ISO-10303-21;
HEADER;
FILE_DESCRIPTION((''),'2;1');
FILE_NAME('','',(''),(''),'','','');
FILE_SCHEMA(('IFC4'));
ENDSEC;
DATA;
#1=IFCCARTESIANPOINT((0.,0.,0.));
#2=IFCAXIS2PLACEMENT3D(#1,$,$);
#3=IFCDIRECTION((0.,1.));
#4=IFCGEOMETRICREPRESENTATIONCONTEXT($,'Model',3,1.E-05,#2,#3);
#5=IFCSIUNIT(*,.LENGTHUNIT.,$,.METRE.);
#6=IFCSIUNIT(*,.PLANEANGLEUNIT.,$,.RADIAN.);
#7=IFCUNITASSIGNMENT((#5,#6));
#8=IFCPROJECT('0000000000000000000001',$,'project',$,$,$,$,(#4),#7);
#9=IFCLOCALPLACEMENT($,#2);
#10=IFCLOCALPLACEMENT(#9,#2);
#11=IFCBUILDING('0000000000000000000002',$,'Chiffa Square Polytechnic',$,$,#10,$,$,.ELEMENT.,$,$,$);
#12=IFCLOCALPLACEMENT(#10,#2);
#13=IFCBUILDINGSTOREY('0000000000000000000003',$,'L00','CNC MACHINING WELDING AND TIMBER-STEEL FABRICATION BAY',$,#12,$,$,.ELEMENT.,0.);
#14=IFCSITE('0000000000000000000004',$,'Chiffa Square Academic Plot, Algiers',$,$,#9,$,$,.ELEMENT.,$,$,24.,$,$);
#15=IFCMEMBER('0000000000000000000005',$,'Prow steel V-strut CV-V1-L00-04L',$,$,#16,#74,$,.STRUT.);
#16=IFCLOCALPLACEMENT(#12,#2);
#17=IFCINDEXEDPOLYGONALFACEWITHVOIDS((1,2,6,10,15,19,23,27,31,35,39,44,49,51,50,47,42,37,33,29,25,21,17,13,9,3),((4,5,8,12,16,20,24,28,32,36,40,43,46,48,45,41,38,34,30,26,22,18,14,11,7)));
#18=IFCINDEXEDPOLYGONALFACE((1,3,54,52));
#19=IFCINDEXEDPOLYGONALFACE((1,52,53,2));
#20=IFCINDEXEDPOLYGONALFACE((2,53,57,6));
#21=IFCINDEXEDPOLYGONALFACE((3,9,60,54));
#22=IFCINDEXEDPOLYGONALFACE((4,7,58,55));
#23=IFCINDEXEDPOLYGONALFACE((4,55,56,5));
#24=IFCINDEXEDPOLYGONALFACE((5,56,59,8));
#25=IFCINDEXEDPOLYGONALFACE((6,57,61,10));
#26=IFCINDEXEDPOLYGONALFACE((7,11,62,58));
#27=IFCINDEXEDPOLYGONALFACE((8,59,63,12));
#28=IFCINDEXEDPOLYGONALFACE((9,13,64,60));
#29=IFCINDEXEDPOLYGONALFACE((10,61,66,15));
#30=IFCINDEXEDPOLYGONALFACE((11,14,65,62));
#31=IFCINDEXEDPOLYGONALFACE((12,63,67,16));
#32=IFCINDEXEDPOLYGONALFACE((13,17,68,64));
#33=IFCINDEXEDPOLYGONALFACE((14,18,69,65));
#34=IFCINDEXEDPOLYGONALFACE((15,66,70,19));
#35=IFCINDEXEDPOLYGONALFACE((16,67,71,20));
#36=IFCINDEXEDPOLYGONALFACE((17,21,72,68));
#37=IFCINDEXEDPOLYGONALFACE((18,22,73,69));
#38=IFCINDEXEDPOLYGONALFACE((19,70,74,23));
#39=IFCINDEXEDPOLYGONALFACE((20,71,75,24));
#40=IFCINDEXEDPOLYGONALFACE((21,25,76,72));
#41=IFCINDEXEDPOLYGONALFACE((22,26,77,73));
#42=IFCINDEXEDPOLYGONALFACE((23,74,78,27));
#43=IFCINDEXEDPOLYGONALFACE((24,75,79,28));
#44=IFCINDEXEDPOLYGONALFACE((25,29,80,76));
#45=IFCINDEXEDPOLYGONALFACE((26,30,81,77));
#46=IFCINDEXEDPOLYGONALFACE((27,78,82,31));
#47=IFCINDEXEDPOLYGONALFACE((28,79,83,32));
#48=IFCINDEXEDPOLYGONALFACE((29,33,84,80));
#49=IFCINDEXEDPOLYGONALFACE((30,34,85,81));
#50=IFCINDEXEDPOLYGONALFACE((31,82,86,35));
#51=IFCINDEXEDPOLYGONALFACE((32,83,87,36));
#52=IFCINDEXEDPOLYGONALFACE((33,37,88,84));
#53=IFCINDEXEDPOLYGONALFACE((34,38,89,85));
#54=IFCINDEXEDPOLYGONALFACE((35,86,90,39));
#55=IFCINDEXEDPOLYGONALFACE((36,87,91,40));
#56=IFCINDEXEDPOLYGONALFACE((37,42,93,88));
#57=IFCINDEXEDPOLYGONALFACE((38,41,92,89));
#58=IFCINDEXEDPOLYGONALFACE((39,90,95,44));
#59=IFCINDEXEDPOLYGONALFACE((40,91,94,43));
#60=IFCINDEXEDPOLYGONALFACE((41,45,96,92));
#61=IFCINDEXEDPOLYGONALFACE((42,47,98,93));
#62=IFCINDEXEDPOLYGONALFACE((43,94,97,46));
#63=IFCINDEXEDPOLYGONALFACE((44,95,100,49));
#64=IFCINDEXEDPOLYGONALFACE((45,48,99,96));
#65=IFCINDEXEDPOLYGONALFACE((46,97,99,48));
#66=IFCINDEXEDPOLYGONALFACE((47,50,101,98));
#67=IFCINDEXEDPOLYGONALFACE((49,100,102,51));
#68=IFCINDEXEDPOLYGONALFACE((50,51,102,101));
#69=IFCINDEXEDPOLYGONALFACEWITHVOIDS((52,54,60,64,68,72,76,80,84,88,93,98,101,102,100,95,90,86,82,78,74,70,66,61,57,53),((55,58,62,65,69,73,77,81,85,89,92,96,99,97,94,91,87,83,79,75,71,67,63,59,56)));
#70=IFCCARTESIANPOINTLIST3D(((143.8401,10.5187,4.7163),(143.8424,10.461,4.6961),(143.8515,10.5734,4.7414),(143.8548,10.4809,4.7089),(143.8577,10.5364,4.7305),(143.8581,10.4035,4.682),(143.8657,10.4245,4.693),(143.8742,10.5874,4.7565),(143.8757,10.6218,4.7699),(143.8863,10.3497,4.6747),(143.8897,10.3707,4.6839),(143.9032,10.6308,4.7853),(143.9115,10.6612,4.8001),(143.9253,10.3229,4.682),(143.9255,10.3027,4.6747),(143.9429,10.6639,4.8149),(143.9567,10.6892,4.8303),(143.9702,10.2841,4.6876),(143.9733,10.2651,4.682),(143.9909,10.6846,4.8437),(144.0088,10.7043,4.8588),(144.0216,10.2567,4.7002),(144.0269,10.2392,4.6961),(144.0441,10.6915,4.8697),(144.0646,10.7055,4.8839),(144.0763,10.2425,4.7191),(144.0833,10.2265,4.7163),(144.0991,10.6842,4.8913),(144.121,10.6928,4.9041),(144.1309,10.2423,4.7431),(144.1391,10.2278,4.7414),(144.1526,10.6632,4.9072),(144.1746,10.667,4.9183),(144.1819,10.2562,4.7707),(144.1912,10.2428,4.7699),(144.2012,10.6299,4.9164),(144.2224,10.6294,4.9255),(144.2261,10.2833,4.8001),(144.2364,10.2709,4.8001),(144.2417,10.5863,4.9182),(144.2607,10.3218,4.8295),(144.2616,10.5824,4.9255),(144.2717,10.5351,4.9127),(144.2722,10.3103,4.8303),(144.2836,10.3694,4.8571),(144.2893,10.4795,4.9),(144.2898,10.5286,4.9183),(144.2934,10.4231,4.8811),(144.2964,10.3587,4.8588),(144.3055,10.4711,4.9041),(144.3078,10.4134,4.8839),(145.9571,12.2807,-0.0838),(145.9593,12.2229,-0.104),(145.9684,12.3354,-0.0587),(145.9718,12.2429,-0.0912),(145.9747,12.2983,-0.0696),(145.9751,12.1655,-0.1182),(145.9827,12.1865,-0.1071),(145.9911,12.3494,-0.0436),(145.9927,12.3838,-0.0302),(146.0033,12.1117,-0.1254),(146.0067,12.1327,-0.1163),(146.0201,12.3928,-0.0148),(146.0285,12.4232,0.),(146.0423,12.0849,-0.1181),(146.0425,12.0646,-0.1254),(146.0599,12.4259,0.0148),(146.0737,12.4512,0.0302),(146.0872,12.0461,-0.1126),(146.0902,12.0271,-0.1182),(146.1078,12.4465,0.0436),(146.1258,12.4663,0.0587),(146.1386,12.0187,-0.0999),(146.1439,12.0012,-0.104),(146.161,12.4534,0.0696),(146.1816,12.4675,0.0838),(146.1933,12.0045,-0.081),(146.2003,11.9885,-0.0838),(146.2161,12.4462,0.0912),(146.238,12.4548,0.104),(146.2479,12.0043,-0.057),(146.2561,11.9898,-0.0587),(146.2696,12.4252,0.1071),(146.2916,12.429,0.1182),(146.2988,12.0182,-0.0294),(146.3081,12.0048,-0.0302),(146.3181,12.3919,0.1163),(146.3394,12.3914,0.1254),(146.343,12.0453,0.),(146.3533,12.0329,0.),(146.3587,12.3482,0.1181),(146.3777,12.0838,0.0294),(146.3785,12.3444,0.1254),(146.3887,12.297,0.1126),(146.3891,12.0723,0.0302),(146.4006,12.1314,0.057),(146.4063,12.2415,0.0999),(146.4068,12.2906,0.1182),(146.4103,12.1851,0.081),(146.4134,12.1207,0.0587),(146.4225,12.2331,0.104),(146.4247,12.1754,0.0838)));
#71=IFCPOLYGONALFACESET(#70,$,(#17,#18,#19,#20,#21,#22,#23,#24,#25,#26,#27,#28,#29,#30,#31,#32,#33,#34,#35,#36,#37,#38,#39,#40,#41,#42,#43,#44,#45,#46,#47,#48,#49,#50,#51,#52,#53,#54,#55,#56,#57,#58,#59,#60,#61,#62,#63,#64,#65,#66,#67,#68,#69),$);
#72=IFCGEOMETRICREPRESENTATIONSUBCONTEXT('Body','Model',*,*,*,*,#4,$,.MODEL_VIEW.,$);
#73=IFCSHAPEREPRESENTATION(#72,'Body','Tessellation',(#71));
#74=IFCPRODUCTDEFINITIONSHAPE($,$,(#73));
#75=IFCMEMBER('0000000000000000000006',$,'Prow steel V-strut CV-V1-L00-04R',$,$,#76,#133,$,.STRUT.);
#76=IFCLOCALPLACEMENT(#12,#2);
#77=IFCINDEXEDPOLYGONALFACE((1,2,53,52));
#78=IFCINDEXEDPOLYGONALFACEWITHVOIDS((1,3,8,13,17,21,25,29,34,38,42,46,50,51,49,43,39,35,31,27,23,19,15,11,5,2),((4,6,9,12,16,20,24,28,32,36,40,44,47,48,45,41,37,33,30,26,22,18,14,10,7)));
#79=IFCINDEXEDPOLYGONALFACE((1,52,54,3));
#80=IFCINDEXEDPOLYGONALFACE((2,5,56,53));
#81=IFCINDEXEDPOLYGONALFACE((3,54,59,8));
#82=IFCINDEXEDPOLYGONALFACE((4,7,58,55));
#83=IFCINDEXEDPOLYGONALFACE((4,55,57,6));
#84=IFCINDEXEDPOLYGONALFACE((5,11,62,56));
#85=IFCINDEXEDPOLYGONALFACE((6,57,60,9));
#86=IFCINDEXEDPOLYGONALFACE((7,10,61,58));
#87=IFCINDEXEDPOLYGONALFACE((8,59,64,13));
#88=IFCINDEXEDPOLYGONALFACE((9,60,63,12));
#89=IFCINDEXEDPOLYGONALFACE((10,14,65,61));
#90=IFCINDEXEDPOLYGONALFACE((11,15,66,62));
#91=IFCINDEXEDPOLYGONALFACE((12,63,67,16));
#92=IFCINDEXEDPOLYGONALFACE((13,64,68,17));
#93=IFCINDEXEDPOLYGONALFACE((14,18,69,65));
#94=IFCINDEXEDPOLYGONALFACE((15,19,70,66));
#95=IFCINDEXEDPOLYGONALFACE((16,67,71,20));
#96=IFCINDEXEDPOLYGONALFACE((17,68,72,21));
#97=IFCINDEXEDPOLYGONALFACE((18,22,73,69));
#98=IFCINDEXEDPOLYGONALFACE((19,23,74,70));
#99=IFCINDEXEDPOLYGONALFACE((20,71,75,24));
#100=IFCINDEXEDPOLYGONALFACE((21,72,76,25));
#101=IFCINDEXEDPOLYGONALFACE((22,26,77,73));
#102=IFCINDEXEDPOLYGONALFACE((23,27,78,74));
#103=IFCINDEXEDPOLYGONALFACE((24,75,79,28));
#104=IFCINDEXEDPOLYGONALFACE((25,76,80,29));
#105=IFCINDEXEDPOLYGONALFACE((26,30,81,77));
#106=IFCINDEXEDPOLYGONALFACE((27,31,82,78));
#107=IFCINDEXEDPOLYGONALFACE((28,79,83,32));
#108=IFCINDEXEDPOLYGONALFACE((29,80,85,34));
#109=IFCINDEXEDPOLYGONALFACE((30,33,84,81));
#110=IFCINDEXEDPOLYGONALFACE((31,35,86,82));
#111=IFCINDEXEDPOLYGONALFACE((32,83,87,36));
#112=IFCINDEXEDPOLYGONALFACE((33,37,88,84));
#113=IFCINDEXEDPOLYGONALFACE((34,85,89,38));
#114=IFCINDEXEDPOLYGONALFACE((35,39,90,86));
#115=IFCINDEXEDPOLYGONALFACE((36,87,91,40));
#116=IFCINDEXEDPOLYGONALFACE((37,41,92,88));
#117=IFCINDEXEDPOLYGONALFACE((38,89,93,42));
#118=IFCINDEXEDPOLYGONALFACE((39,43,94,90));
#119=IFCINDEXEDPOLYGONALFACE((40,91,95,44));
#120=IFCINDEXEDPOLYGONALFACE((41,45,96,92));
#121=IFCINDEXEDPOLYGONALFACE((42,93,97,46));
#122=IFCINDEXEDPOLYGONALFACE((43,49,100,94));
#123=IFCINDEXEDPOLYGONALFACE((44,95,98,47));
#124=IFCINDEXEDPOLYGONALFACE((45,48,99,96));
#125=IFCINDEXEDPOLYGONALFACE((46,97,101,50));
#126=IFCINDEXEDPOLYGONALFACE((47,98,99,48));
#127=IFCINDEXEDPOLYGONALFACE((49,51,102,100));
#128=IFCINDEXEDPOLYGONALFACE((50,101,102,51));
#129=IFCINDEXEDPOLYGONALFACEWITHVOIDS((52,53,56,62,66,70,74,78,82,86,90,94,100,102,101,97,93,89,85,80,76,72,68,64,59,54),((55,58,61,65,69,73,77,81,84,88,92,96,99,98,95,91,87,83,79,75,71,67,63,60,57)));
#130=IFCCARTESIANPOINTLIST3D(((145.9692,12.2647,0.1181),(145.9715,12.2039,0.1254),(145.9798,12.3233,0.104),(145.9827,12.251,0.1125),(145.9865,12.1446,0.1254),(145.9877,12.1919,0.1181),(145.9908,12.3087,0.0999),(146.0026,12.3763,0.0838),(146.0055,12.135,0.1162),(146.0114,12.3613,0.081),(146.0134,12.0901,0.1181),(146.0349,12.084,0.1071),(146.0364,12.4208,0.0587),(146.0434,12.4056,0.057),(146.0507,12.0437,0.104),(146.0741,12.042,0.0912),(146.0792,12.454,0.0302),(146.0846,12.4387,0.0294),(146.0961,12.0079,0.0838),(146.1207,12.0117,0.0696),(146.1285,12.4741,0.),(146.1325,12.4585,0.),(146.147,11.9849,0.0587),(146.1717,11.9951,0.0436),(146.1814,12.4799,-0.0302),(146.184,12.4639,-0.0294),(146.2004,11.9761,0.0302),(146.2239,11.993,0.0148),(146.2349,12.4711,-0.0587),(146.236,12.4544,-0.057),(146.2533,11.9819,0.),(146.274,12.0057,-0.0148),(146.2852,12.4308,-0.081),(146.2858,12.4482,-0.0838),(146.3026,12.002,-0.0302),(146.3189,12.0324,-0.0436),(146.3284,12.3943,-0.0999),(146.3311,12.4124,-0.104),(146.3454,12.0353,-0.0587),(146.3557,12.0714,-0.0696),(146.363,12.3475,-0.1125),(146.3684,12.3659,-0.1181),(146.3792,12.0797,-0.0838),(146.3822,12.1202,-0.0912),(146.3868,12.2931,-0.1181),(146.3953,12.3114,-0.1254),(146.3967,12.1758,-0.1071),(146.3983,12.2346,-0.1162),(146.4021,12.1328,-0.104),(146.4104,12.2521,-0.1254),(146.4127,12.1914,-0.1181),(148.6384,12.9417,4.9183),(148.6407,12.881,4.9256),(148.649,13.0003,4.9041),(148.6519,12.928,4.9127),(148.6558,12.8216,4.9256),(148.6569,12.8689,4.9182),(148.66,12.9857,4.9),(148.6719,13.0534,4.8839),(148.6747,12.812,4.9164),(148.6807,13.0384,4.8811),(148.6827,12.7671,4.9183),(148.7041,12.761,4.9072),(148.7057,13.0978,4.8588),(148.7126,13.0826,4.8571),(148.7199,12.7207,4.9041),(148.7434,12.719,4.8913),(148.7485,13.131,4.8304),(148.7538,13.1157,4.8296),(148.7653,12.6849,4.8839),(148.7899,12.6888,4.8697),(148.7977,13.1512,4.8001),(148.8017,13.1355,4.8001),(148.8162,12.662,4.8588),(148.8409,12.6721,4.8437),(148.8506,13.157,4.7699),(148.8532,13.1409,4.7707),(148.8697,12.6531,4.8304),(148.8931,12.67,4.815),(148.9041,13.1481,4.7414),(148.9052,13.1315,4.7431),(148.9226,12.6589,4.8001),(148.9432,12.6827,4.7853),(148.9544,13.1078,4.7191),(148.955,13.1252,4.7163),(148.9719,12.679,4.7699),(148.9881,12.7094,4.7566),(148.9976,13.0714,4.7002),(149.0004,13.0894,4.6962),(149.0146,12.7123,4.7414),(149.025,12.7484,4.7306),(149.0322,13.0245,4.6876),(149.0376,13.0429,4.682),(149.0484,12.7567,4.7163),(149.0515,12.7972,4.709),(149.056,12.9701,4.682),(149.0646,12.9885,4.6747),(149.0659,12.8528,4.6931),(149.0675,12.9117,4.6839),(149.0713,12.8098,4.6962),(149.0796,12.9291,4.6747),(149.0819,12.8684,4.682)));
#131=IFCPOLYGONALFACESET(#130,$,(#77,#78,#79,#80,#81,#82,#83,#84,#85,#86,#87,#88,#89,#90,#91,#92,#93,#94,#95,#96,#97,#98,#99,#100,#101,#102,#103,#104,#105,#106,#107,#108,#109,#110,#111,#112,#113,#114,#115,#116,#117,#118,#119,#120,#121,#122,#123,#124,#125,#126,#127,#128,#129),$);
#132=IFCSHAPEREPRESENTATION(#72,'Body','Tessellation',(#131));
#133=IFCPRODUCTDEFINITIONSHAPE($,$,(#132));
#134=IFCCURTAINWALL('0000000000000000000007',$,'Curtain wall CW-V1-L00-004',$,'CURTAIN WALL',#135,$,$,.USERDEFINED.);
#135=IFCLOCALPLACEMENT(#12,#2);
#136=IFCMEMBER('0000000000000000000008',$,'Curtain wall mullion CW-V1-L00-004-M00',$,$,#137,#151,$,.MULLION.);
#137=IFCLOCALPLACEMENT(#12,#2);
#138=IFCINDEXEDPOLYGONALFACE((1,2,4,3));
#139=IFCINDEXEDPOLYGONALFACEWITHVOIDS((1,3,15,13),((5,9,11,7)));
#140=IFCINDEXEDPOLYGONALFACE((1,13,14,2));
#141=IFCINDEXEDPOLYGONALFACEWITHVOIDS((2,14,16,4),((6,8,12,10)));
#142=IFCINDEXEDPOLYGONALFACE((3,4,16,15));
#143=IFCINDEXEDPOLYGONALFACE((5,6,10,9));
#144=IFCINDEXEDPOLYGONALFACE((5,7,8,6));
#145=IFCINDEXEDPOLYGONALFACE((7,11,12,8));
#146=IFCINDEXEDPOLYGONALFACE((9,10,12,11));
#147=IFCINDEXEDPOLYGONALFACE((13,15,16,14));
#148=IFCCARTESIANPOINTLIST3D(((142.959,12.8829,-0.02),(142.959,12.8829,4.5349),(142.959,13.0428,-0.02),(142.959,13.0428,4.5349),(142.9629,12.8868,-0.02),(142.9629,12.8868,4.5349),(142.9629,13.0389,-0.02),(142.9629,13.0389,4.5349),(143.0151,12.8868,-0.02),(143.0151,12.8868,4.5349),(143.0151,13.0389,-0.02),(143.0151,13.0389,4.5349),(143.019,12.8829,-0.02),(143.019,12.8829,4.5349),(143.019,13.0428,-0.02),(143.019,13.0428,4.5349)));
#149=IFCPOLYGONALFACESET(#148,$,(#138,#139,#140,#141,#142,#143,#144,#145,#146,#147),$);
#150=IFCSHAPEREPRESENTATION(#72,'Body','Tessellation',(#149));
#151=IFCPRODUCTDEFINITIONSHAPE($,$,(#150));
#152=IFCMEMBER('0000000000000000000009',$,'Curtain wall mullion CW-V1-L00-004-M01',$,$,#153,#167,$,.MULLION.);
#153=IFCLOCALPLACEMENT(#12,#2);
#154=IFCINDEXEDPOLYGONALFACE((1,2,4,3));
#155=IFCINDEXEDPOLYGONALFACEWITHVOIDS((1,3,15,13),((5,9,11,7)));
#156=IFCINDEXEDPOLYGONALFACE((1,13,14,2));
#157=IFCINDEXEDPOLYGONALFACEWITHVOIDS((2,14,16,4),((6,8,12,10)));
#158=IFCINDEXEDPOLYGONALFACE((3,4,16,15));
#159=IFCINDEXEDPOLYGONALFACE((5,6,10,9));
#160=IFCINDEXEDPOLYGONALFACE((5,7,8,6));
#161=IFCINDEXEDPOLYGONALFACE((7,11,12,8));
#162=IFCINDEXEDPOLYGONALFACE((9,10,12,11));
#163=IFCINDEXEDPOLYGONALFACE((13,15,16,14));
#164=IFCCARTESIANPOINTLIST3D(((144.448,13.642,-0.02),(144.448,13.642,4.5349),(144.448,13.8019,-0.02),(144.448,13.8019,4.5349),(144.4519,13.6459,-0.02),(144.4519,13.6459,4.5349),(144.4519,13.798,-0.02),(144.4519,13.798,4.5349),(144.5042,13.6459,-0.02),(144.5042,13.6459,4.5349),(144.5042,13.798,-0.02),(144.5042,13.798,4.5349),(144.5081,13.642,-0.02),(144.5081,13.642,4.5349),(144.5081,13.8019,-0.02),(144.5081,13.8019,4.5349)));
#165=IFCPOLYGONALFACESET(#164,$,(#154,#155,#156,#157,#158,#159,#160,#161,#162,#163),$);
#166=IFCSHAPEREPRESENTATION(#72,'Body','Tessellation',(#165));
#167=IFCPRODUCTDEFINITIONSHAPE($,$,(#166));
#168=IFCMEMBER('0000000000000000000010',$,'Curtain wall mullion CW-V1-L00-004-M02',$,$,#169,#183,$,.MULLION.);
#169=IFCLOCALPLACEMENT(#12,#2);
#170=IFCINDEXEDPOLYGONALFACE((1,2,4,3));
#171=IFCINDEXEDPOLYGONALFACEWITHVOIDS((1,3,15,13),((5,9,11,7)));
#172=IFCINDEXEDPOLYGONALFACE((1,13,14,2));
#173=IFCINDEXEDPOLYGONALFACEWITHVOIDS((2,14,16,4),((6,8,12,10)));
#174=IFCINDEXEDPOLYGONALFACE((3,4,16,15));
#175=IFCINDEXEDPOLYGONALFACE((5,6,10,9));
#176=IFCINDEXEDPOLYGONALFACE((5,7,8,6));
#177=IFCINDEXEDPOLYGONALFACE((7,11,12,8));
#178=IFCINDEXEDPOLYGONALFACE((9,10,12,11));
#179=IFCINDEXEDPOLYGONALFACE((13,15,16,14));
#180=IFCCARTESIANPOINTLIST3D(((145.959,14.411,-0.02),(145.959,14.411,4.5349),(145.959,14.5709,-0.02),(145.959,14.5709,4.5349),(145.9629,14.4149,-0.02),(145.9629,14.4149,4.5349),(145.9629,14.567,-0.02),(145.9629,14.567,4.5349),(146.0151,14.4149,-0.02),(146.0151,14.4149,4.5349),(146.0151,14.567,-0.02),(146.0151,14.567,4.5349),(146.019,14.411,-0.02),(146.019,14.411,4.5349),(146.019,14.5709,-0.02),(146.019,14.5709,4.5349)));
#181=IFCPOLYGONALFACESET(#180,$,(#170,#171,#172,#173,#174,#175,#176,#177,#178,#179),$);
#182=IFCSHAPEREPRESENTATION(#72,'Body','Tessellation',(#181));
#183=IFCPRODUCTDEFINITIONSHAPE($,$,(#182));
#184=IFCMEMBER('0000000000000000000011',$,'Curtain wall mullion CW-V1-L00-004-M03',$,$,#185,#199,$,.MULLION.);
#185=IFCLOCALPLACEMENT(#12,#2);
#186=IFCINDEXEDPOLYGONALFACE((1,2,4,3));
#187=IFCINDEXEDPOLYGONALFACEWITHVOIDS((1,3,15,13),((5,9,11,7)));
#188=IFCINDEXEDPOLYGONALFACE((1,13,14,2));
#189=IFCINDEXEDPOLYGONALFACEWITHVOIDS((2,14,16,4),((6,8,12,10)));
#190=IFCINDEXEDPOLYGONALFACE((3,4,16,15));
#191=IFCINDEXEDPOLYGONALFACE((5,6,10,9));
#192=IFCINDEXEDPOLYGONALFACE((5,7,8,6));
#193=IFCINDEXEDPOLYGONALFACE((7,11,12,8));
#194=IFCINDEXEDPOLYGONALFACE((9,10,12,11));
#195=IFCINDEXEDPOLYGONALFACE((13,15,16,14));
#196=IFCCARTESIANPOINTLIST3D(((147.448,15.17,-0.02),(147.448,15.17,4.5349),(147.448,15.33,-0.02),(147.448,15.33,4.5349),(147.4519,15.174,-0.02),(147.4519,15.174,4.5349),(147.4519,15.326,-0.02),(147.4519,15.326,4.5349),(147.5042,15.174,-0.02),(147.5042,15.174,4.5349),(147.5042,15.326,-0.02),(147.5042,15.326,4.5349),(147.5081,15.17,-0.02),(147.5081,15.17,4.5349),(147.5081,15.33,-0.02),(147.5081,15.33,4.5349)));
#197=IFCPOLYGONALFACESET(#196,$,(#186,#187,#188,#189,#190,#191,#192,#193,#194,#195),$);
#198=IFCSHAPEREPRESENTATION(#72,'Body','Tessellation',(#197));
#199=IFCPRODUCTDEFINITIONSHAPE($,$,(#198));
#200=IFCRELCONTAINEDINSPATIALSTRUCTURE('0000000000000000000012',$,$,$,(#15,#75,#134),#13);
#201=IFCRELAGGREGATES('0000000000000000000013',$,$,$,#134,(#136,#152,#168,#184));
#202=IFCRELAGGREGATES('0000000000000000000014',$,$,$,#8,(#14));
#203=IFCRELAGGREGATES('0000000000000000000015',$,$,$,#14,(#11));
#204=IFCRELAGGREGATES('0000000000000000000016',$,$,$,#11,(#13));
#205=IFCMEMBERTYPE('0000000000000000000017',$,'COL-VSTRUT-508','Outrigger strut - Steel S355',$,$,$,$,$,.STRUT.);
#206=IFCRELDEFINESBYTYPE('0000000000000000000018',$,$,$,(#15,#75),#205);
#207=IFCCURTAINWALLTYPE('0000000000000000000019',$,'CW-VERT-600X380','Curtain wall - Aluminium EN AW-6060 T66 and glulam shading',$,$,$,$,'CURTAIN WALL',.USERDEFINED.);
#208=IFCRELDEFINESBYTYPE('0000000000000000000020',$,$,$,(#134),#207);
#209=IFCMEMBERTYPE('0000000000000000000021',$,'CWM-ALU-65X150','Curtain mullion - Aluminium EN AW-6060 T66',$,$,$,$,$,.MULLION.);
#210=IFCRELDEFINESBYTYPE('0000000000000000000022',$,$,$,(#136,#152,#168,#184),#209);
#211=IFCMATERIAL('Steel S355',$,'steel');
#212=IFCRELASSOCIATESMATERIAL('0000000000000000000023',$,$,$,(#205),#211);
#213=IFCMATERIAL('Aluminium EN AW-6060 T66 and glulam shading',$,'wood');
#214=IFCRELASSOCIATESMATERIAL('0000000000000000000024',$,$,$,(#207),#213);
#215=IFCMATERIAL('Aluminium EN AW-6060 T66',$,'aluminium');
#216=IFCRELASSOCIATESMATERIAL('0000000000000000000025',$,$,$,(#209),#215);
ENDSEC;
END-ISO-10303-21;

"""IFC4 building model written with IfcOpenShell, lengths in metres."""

from ifc_helpers import new_model, si_unit, direction, frame, origin, origin_2d, place, context, subcontext, project, spatial, hollow_rectangle, hollow_circle, extrude, material, material_profile, profile_set, type_object, element, aggregate, save


model = new_model("IFC4")

# Units and contexts
model_context = context("Model", 3, precision=1e-05, world=origin(), true_north=direction((0.0, 1.0)))
body_context = subcontext(model_context, "Body", "Model", "MODEL_VIEW")
ifc_project = project(units=[si_unit("LENGTHUNIT", "METRE"), si_unit("PLANEANGLEUNIT", "RADIAN")], contexts=[model_context])

# Site, building, storey
site_placement = place(None, origin())
site = spatial("IfcSite", under=ifc_project, at=site_placement, Name="Chiffa Square Academic Plot, Algiers", CompositionType="ELEMENT", RefElevation=24.0)
building_placement = place(site_placement, origin())
building = spatial("IfcBuilding", under=site, at=building_placement, Name="Chiffa Square Polytechnic", CompositionType="ELEMENT")
storey_placement = place(building_placement, origin())
storey = spatial("IfcBuildingStorey", under=building, at=storey_placement, Name="L00", Description="CNC MACHINING WELDING AND TIMBER-STEEL FABRICATION BAY", CompositionType="ELEMENT", Elevation=0.0)

# Members
ifc_material_1 = material(Name="Steel S355", Category="steel")
ifc_material_profile_1 = material_profile(ifc_material_1, hollow_circle(Radius=0.2539, WallThickness=0.0161, at=origin_2d()), Name="CHS 508x16")
ifc_profile_set_1 = profile_set([ifc_material_profile_1], Name="Steel S355")
member_type_1 = type_object("IfcMemberType", Name="COL-VSTRUT-508", Description="Outrigger strut - Steel S355", PredefinedType="STRUT", material=ifc_profile_set_1)
member_1_placement = place(storey_placement, frame((146.1909, 12.228, 0.0), z_axis=(-0.382526, -0.318382, 0.867356), x_axis=(0.639722, -0.768606, 0.0)))
element("IfcMember", 1, at=member_1_placement, inside=storey, type_object=member_type_1, Name="Prow steel V-strut CV-V1-L00-04L", PredefinedType="STRUT", context=body_context, shape_type="SweptSolid", body=[
    extrude(hollow_circle(Radius=0.2539, WallThickness=0.0161, at=origin_2d()), origin(), (0.0, 0.0, 1.0), 5.5342),
])
member_2_placement = place(storey_placement, frame((146.1909, 12.228, 0.0), z_axis=(0.48234, 0.122339, 0.867399), x_axis=(-0.245851, 0.969308, 0.0)))
element("IfcMember", 2, at=member_2_placement, inside=storey, type_object=member_type_1, Name="Prow steel V-strut CV-V1-L00-04R", PredefinedType="STRUT", context=body_context, shape_type="SweptSolid", body=[
    extrude(hollow_circle(Radius=0.2539, WallThickness=0.0161, at=origin_2d()), origin(), (0.0, 0.0, 1.0), 5.5339),
])

# Curtain wall, members
ifc_material_2 = material(Name="Aluminium EN AW-6060 T66 and glulam shading", Category="wood")
curtain_wall_type = type_object("IfcCurtainWallType", Name="CW-VERT-600X380", Description="Curtain wall - Aluminium EN AW-6060 T66 and glulam shading", ElementType="CURTAIN WALL", PredefinedType="USERDEFINED", material=ifc_material_2)
curtain_wall_placement = place(storey_placement, origin())
curtain_wall = element("IfcCurtainWall", 3, at=curtain_wall_placement, inside=storey, type_object=curtain_wall_type, Name="Curtain wall CW-V1-L00-004", ObjectType="CURTAIN WALL", PredefinedType="USERDEFINED")
ifc_material_3 = material(Name="Aluminium EN AW-6060 T66", Category="aluminium")
ifc_material_profile_2 = material_profile(ifc_material_3, hollow_rectangle(XDim=0.0601, YDim=0.1599, WallThickness=0.0039, at=origin_2d()), Name="ALU 60x160x4")
ifc_profile_set_2 = profile_set([ifc_material_profile_2], Name="Aluminium EN AW-6060 T66")
member_type_2 = type_object("IfcMemberType", Name="CWM-ALU-65X150", Description="Curtain mullion - Aluminium EN AW-6060 T66", PredefinedType="MULLION", material=ifc_profile_set_2)
member_3_placement = place(storey_placement, frame((142.989, 12.9629, -0.02), z_axis=(0.0, 0.0, 1.0), x_axis=(1.0, 0.0, 0.0)))
member_3 = element("IfcMember", 4, at=member_3_placement, type_object=member_type_2, Name="Curtain wall mullion CW-V1-L00-004-M00", PredefinedType="MULLION", context=body_context, shape_type="SweptSolid", body=[
    extrude(hollow_rectangle(XDim=0.0601, YDim=0.1599, WallThickness=0.0039, at=origin_2d()), origin(), (0.0, 0.0, 1.0), 4.5549),
])
member_4_placement = place(storey_placement, frame((144.478, 13.7219, -0.02), z_axis=(0.0, 0.0, 1.0), x_axis=(1.0, 0.0, 0.0)))
member_4 = element("IfcMember", 5, at=member_4_placement, type_object=member_type_2, Name="Curtain wall mullion CW-V1-L00-004-M01", PredefinedType="MULLION", context=body_context, shape_type="SweptSolid", body=[
    extrude(hollow_rectangle(XDim=0.0601, YDim=0.1599, WallThickness=0.0039, at=origin_2d()), origin(), (0.0, 0.0, 1.0), 4.5549),
])
member_5_placement = place(storey_placement, frame((145.989, 14.491, -0.02), z_axis=(0.0, 0.0, 1.0), x_axis=(1.0, 0.0, 0.0)))
member_5 = element("IfcMember", 6, at=member_5_placement, type_object=member_type_2, Name="Curtain wall mullion CW-V1-L00-004-M02", PredefinedType="MULLION", context=body_context, shape_type="SweptSolid", body=[
    extrude(hollow_rectangle(XDim=0.0601, YDim=0.1599, WallThickness=0.0039, at=origin_2d()), origin(), (0.0, 0.0, 1.0), 4.5549),
])
member_6_placement = place(storey_placement, frame((147.478, 15.25, -0.02), z_axis=(0.0, 0.0, 1.0), x_axis=(1.0, 0.0, 0.0)))
member_6 = element("IfcMember", 7, at=member_6_placement, type_object=member_type_2, Name="Curtain wall mullion CW-V1-L00-004-M03", PredefinedType="MULLION", context=body_context, shape_type="SweptSolid", body=[
    extrude(hollow_rectangle(XDim=0.0601, YDim=0.1599, WallThickness=0.0039, at=origin_2d()), origin(), (0.0, 0.0, 1.0), 4.5549),
])
aggregate(curtain_wall, [member_3, member_4, member_5, member_6])

save(model, "model.ifc")
